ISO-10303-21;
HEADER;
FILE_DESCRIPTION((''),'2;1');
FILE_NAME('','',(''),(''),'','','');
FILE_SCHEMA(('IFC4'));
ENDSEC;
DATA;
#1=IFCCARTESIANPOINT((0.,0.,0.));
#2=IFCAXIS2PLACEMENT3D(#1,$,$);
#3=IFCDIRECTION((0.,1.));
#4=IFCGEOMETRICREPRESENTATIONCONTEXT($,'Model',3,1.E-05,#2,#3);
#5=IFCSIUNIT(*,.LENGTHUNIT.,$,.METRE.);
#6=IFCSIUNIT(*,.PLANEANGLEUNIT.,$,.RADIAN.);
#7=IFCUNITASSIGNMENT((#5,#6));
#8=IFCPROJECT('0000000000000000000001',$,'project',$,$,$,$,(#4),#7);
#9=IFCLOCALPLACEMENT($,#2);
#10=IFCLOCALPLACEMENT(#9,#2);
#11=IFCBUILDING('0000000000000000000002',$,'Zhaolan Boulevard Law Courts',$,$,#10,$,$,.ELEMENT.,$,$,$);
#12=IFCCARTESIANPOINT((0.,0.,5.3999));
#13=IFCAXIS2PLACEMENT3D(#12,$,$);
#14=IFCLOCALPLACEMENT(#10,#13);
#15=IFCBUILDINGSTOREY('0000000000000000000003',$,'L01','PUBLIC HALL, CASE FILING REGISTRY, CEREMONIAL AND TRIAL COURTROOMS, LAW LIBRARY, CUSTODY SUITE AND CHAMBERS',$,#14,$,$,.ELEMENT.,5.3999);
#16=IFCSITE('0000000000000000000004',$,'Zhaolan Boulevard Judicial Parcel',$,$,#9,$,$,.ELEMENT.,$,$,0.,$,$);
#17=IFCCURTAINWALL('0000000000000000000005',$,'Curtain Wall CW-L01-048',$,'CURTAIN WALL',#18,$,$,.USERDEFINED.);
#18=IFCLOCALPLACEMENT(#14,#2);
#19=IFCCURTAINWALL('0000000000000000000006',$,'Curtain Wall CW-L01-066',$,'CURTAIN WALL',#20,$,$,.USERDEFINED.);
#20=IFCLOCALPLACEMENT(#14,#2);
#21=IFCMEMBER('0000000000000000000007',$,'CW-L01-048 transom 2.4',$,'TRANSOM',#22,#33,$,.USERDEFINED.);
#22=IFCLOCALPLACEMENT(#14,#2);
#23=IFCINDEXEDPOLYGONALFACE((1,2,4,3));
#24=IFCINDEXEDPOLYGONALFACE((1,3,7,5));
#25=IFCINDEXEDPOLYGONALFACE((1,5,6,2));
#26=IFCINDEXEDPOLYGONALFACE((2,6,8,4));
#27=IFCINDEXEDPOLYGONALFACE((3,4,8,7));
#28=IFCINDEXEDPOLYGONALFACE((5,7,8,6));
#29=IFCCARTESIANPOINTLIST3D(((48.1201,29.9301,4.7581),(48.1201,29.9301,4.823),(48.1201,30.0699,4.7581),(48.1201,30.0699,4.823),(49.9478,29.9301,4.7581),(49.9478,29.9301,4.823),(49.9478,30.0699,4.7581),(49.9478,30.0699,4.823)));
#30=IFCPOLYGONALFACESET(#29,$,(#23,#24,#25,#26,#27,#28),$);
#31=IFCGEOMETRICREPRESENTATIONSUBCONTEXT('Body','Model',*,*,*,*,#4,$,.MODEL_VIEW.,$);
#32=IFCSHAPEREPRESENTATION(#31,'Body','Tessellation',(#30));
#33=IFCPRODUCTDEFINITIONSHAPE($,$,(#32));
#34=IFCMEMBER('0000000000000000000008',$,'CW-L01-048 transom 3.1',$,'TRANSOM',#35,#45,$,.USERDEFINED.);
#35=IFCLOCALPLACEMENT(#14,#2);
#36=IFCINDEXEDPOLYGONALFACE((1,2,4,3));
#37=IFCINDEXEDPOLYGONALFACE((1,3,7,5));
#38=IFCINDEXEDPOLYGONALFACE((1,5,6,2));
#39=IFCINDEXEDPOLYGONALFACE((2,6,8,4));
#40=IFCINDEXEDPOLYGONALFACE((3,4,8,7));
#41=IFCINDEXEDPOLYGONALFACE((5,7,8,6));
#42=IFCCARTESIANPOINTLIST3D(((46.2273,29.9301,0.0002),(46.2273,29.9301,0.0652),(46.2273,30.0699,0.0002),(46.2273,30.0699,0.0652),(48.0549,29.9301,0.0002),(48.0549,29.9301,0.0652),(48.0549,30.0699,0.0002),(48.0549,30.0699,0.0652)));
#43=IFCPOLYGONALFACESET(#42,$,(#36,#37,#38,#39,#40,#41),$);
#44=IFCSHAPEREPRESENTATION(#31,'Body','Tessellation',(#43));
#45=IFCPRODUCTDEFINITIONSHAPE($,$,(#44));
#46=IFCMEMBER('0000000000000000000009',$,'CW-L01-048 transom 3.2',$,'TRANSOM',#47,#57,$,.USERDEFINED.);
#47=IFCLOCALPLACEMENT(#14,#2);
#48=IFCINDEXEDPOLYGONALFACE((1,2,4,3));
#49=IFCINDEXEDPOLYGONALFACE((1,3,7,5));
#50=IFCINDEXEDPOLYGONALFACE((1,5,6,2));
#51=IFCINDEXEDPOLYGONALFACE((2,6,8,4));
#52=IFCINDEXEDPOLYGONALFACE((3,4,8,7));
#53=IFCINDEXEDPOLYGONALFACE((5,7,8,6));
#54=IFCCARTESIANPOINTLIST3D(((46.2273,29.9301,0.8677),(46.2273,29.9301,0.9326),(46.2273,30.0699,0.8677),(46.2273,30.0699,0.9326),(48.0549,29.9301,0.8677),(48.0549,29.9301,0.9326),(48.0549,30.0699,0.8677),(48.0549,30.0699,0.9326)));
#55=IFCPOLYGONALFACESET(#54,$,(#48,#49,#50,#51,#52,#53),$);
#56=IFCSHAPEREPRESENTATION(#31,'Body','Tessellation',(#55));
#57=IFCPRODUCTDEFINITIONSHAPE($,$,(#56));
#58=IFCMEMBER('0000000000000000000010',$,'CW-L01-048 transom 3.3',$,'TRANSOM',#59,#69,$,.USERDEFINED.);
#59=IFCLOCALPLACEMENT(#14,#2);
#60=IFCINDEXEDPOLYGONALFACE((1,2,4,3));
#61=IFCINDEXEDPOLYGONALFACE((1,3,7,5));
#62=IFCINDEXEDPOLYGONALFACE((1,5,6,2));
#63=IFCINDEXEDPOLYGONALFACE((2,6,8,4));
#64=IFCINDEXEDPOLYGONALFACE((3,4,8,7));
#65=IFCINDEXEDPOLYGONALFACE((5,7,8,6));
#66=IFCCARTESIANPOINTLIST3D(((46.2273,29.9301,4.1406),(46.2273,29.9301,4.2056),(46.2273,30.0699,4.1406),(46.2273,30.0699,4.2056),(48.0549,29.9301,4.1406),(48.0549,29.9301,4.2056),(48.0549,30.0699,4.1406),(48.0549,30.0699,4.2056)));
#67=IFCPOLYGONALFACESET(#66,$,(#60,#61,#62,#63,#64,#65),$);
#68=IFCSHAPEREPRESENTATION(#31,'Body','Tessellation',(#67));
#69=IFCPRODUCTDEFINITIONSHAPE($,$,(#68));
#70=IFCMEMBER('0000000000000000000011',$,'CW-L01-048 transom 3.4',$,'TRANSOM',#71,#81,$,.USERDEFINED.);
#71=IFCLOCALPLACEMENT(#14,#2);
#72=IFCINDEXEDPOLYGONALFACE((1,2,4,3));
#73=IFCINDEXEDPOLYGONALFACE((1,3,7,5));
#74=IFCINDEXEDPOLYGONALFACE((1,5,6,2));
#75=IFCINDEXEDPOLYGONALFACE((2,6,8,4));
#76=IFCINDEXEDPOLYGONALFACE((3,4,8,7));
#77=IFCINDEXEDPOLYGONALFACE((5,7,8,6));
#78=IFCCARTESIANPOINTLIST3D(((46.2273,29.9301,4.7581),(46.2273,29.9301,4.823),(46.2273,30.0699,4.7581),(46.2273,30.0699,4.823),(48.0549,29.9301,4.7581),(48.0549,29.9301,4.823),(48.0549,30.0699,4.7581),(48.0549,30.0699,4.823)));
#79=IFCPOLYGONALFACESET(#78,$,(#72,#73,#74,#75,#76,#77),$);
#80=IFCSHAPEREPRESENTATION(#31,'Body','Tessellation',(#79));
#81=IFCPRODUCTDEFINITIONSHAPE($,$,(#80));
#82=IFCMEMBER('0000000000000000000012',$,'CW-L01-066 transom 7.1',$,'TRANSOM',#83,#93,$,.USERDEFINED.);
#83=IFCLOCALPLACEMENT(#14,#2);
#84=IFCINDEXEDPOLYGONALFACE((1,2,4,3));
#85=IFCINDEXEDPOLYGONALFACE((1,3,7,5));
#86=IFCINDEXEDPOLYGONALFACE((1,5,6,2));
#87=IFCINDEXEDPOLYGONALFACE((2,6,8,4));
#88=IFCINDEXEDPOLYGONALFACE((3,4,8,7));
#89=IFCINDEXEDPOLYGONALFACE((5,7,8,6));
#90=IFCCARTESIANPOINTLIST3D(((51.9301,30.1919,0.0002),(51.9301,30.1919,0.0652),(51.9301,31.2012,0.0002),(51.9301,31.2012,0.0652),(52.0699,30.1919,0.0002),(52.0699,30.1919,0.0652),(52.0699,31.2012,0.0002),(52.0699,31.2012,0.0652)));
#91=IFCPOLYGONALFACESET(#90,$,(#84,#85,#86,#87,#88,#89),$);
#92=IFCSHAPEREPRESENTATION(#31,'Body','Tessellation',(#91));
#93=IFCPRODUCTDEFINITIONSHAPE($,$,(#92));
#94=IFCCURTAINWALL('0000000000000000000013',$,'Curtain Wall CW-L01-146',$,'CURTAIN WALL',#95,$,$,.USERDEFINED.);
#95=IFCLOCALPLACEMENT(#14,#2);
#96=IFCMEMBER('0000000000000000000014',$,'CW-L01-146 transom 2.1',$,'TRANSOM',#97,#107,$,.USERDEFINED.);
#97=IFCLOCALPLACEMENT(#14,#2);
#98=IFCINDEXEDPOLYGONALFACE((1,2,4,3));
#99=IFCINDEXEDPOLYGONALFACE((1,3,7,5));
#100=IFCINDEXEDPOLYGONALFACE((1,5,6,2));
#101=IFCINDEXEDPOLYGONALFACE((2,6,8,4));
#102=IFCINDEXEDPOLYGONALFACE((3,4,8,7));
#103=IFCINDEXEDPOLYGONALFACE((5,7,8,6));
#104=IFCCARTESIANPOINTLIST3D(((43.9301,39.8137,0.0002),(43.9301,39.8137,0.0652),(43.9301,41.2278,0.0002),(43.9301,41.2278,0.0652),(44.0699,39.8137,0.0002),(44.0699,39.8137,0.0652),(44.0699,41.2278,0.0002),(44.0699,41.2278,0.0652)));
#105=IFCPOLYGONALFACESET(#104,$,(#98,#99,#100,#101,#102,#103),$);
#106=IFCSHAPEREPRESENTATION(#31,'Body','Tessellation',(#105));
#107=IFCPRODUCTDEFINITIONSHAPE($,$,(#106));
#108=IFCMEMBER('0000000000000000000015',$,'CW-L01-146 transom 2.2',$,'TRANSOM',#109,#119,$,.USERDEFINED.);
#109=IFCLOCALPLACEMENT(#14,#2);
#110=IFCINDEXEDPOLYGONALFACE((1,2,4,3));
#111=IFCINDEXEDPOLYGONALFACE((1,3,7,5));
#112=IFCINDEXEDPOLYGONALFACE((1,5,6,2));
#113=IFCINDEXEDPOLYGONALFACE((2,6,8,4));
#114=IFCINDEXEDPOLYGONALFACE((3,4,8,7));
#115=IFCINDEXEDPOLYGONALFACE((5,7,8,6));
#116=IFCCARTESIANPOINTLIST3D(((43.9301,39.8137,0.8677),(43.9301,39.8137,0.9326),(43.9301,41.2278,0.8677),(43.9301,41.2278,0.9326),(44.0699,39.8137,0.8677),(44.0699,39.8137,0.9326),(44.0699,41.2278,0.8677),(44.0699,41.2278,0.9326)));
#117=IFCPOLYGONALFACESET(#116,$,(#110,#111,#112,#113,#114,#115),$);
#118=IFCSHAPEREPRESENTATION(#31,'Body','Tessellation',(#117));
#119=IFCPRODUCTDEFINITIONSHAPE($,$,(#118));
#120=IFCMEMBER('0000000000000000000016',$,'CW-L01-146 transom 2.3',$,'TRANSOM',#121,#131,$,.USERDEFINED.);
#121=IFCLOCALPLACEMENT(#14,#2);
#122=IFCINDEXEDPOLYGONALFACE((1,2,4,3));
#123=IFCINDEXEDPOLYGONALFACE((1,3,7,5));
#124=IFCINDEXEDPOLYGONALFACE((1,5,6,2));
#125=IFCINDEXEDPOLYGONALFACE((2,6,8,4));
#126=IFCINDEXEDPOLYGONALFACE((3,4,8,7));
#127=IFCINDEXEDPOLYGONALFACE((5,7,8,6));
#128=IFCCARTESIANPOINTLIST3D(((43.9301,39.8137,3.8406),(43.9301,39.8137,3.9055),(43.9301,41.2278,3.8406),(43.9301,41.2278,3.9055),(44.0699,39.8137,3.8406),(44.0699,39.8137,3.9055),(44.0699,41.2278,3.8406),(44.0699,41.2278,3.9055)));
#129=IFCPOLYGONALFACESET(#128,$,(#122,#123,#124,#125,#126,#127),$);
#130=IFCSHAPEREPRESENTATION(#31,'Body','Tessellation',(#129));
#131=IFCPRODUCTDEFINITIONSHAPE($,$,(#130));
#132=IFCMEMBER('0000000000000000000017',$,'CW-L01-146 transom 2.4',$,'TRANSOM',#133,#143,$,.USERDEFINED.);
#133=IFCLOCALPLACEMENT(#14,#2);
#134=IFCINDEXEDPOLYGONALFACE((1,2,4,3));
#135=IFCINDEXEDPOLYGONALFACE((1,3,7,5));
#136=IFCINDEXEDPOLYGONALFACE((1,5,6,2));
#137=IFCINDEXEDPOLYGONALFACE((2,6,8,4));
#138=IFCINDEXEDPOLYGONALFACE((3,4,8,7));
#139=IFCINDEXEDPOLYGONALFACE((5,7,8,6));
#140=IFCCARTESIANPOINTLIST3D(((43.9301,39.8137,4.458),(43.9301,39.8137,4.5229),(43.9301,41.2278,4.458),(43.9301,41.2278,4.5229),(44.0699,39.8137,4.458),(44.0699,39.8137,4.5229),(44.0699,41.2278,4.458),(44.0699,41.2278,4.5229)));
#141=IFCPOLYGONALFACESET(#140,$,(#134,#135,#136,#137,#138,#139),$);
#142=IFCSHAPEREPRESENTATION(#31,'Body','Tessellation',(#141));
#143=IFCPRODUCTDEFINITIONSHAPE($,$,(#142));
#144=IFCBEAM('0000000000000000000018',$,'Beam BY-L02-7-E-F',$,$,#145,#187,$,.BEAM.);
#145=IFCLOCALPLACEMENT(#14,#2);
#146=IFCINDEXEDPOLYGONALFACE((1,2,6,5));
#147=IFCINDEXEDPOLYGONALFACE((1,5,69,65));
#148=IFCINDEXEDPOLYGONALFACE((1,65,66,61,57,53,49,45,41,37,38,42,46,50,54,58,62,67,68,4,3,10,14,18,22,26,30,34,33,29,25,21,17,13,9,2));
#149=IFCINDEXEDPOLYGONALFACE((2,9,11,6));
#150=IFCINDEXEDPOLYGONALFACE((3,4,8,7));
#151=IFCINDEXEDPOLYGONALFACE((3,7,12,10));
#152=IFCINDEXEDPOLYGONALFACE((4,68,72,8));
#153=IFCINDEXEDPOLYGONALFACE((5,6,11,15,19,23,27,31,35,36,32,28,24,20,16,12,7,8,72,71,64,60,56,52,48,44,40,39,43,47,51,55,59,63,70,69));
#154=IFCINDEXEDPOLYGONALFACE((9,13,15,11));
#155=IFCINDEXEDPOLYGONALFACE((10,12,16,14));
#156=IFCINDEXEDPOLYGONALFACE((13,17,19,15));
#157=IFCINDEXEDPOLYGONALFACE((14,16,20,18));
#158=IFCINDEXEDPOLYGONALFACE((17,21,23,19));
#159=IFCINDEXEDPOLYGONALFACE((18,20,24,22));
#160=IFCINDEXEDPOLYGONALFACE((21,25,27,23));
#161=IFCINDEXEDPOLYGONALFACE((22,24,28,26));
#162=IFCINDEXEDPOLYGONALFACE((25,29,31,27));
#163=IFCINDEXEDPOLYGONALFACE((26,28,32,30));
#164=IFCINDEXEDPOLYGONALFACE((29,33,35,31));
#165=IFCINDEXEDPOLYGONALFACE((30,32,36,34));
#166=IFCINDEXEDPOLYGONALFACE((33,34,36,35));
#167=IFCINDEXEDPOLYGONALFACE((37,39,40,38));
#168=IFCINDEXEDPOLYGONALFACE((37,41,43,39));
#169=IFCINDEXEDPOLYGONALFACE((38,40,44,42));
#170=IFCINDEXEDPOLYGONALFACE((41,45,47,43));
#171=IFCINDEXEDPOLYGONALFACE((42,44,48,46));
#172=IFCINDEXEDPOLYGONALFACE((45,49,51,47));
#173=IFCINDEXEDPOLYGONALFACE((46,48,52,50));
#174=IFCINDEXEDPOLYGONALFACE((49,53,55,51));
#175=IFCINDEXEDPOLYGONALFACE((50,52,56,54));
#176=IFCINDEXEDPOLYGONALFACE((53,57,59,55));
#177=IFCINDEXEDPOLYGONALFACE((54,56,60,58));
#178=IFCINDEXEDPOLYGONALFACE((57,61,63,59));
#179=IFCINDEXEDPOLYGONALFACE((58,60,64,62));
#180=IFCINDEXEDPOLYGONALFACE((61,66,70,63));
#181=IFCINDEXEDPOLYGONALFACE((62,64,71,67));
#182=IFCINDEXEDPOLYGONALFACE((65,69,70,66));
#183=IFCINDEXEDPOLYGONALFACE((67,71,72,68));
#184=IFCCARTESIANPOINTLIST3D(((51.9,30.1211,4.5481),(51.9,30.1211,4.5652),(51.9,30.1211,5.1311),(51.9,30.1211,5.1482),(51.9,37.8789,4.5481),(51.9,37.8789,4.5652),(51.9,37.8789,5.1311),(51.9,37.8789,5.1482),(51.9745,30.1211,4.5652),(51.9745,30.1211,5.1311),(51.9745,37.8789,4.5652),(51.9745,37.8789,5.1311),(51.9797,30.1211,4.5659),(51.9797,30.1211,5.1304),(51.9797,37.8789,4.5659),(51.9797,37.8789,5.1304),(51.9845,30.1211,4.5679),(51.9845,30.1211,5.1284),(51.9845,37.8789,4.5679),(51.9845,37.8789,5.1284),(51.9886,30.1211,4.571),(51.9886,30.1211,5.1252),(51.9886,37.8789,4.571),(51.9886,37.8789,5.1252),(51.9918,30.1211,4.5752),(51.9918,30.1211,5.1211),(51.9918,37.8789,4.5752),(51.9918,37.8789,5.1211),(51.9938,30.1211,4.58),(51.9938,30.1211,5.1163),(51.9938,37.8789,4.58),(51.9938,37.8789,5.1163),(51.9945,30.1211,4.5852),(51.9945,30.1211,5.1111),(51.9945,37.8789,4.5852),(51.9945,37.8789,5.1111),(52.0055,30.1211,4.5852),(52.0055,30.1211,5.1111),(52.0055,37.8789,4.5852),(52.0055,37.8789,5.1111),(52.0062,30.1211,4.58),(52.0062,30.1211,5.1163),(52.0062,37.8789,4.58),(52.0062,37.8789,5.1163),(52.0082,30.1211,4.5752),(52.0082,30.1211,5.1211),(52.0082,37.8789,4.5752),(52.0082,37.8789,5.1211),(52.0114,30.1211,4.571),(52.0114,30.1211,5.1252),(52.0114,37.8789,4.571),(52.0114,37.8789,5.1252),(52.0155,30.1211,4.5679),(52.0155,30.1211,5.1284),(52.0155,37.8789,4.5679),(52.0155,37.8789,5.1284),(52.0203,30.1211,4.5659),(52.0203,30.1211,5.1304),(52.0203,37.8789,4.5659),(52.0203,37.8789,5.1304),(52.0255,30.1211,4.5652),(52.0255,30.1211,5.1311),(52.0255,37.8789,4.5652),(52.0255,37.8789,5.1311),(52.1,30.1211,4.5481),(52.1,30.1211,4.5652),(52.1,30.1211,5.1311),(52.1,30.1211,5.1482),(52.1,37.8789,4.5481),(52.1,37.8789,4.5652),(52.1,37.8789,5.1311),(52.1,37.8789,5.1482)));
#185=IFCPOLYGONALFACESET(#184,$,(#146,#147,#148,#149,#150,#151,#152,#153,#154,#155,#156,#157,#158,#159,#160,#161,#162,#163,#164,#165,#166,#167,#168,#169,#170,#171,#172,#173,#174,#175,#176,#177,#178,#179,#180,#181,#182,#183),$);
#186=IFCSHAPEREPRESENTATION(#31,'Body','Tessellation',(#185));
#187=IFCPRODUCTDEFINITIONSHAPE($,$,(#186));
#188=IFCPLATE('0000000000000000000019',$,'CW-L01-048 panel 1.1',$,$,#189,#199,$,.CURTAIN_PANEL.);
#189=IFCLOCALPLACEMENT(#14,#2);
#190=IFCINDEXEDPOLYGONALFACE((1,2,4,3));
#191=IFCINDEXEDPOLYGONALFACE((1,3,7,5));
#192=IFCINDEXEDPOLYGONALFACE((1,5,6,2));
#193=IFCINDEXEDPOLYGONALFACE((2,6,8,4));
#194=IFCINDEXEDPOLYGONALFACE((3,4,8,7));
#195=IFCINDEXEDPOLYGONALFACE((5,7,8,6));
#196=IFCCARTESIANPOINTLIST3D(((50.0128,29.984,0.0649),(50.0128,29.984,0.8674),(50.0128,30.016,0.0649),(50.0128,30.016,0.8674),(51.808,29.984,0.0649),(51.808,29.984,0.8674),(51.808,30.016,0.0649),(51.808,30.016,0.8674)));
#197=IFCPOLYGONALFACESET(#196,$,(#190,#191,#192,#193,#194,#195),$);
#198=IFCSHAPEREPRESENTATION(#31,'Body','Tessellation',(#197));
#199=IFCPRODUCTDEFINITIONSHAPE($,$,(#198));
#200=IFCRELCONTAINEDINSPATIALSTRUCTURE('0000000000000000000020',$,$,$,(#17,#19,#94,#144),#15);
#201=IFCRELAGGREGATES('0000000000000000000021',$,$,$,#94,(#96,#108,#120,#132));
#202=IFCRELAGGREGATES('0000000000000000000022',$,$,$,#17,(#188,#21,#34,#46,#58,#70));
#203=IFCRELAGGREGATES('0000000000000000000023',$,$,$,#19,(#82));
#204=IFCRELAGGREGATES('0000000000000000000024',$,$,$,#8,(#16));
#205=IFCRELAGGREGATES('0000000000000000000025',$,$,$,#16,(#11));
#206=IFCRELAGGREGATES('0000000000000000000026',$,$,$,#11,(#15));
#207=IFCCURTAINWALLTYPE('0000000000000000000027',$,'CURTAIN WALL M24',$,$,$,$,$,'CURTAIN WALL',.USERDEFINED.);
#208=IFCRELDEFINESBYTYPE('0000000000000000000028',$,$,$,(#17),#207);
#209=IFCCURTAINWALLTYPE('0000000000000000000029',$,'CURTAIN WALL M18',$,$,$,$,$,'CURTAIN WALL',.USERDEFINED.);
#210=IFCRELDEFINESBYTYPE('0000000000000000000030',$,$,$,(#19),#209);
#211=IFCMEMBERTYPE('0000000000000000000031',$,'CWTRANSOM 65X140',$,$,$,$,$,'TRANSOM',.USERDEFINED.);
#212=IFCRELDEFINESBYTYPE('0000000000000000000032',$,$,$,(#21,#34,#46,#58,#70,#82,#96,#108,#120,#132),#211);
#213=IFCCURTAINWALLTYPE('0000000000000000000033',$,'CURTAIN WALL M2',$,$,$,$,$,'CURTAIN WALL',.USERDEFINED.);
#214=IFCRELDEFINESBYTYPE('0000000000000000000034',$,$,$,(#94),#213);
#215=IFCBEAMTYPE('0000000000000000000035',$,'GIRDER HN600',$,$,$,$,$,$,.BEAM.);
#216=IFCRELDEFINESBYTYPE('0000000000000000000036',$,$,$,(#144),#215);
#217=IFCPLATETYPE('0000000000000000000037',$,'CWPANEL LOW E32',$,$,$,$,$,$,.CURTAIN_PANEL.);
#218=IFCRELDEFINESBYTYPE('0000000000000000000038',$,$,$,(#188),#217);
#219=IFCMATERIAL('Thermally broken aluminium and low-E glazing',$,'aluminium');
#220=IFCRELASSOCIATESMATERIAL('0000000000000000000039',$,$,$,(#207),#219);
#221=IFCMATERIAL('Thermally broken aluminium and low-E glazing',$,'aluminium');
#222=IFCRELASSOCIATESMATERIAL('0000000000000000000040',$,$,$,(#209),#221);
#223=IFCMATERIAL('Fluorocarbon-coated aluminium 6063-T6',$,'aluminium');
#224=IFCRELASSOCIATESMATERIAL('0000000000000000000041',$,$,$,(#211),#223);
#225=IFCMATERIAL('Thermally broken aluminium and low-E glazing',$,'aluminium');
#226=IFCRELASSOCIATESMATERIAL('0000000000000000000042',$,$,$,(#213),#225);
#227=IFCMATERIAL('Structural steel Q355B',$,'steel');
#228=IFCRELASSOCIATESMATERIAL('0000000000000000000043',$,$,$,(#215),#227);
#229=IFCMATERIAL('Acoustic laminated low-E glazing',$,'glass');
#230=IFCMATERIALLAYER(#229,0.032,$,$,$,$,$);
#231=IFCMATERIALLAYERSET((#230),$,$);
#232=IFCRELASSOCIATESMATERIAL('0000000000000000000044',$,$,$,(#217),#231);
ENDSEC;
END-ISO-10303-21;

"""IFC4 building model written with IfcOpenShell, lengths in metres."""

from ifc_helpers import new_model, si_unit, direction, frame, origin, origin_2d, place, context, subcontext, project, spatial, rectangle, i_section, extrude, material, layer, layer_set, material_profile, profile_set, type_object, element, aggregate, save


model = new_model("IFC4")

# Units and contexts
model_context = context("Model", 3, precision=1e-05, world=origin(), true_north=direction((0.0, 1.0)))
body_context = subcontext(model_context, "Body", "Model", "MODEL_VIEW")
ifc_project = project(units=[si_unit("LENGTHUNIT", "METRE"), si_unit("PLANEANGLEUNIT", "RADIAN")], contexts=[model_context])

# Site, building, storey
site_placement = place(None, origin())
site = spatial("IfcSite", under=ifc_project, at=site_placement, Name="Zhaolan Boulevard Judicial Parcel", CompositionType="ELEMENT", RefElevation=0.0)
building_placement = place(site_placement, origin())
building = spatial("IfcBuilding", under=site, at=building_placement, Name="Zhaolan Boulevard Law Courts", CompositionType="ELEMENT")
storey_placement = place(building_placement, frame((0.0, 0.0, 5.3999)))
storey = spatial("IfcBuildingStorey", under=building, at=storey_placement, Name="L01", Description="PUBLIC HALL, CASE FILING REGISTRY, CEREMONIAL AND TRIAL COURTROOMS, LAW LIBRARY, CUSTODY SUITE AND CHAMBERS", CompositionType="ELEMENT", Elevation=5.3999)

# Curtain wall
ifc_material_1 = material(Name="Thermally broken aluminium and low-E glazing", Category="aluminium")
curtain_wall_type_1 = type_object("IfcCurtainWallType", Name="CURTAIN WALL M24", ElementType="CURTAIN WALL", PredefinedType="USERDEFINED", material=ifc_material_1)
curtain_wall_1_placement = place(storey_placement, origin())
curtain_wall_1 = element("IfcCurtainWall", 1, at=curtain_wall_1_placement, inside=storey, type_object=curtain_wall_type_1, Name="Curtain Wall CW-L01-048", ObjectType="CURTAIN WALL", PredefinedType="USERDEFINED")

# Curtain wall
ifc_material_2 = material(Name="Thermally broken aluminium and low-E glazing", Category="aluminium")
curtain_wall_type_2 = type_object("IfcCurtainWallType", Name="CURTAIN WALL M18", ElementType="CURTAIN WALL", PredefinedType="USERDEFINED", material=ifc_material_2)
curtain_wall_2_placement = place(storey_placement, origin())
curtain_wall_2 = element("IfcCurtainWall", 2, at=curtain_wall_2_placement, inside=storey, type_object=curtain_wall_type_2, Name="Curtain Wall CW-L01-066", ObjectType="CURTAIN WALL", PredefinedType="USERDEFINED")

# Members
ifc_material_3 = material(Name="Fluorocarbon-coated aluminium 6063-T6", Category="aluminium")
ifc_material_profile_1 = material_profile(ifc_material_3, rectangle(XDim=0.1399, YDim=0.0649, at=origin_2d()), Name="AL65x140")
ifc_profile_set_1 = profile_set([ifc_material_profile_1], Name="Fluorocarbon-coated aluminium 6063-T6")
member_type_1 = type_object("IfcMemberType", Name="CWTRANSOM 65X140", ElementType="TRANSOM", PredefinedType="USERDEFINED", material=ifc_profile_set_1)
member_1_placement = place(storey_placement, frame((49.9478, 30.0, 4.7905), z_axis=(-1.0, 0.0, 0.0), x_axis=(0.0, -1.0, 0.0)))
member_1 = element("IfcMember", 3, at=member_1_placement, type_object=member_type_1, Name="CW-L01-048 transom 2.4", ObjectType="TRANSOM", PredefinedType="USERDEFINED", context=body_context, shape_type="SweptSolid", body=[
    extrude(rectangle(XDim=0.1399, YDim=0.0649, at=origin_2d()), origin(), (0.0, 0.0, 1.0), 1.8276),
])
member_2_placement = place(storey_placement, frame((48.0549, 30.0, 0.0327), z_axis=(-1.0, 0.0, 0.0), x_axis=(0.0, -1.0, 0.0)))
member_2 = element("IfcMember", 4, at=member_2_placement, type_object=member_type_1, Name="CW-L01-048 transom 3.1", ObjectType="TRANSOM", PredefinedType="USERDEFINED", context=body_context, shape_type="SweptSolid", body=[
    extrude(rectangle(XDim=0.1399, YDim=0.0649, at=origin_2d()), origin(), (0.0, 0.0, 1.0), 1.8276),
])
member_3_placement = place(storey_placement, frame((48.0549, 30.0, 0.9001), z_axis=(-1.0, 0.0, 0.0), x_axis=(0.0, -1.0, 0.0)))
member_3 = element("IfcMember", 5, at=member_3_placement, type_object=member_type_1, Name="CW-L01-048 transom 3.2", ObjectType="TRANSOM", PredefinedType="USERDEFINED", context=body_context, shape_type="SweptSolid", body=[
    extrude(rectangle(XDim=0.1399, YDim=0.0649, at=origin_2d()), origin(), (0.0, 0.0, 1.0), 1.8276),
])
member_4_placement = place(storey_placement, frame((48.0549, 30.0, 4.1731), z_axis=(-1.0, 0.0, 0.0), x_axis=(0.0, -1.0, 0.0)))
member_4 = element("IfcMember", 6, at=member_4_placement, type_object=member_type_1, Name="CW-L01-048 transom 3.3", ObjectType="TRANSOM", PredefinedType="USERDEFINED", context=body_context, shape_type="SweptSolid", body=[
    extrude(rectangle(XDim=0.1399, YDim=0.0649, at=origin_2d()), origin(), (0.0, 0.0, 1.0), 1.8276),
])
member_5_placement = place(storey_placement, frame((48.0549, 30.0, 4.7905), z_axis=(-1.0, 0.0, 0.0), x_axis=(0.0, -1.0, 0.0)))
member_5 = element("IfcMember", 7, at=member_5_placement, type_object=member_type_1, Name="CW-L01-048 transom 3.4", ObjectType="TRANSOM", PredefinedType="USERDEFINED", context=body_context, shape_type="SweptSolid", body=[
    extrude(rectangle(XDim=0.1399, YDim=0.0649, at=origin_2d()), origin(), (0.0, 0.0, 1.0), 1.8276),
])
member_6_placement = place(storey_placement, frame((52.0, 31.2012, 0.0327), z_axis=(0.0, -1.0, 0.0), x_axis=(1.0, 0.0, 0.0)))
member_6 = element("IfcMember", 8, at=member_6_placement, type_object=member_type_1, Name="CW-L01-066 transom 7.1", ObjectType="TRANSOM", PredefinedType="USERDEFINED", context=body_context, shape_type="SweptSolid", body=[
    extrude(rectangle(XDim=0.1399, YDim=0.0649, at=origin_2d()), origin(), (0.0, 0.0, 1.0), 1.0093),
])

# Curtain wall, members
ifc_material_4 = material(Name="Thermally broken aluminium and low-E glazing", Category="aluminium")
curtain_wall_type_3 = type_object("IfcCurtainWallType", Name="CURTAIN WALL M2", ElementType="CURTAIN WALL", PredefinedType="USERDEFINED", material=ifc_material_4)
curtain_wall_3_placement = place(storey_placement, origin())
curtain_wall_3 = element("IfcCurtainWall", 9, at=curtain_wall_3_placement, inside=storey, type_object=curtain_wall_type_3, Name="Curtain Wall CW-L01-146", ObjectType="CURTAIN WALL", PredefinedType="USERDEFINED")
member_7_placement = place(storey_placement, frame((44.0, 39.8137, 0.0327), z_axis=(0.0, 1.0, 0.0), x_axis=(-1.0, 0.0, 0.0)))
member_7 = element("IfcMember", 10, at=member_7_placement, type_object=member_type_1, Name="CW-L01-146 transom 2.1", ObjectType="TRANSOM", PredefinedType="USERDEFINED", context=body_context, shape_type="SweptSolid", body=[
    extrude(rectangle(XDim=0.1399, YDim=0.0649, at=origin_2d()), origin(), (0.0, 0.0, 1.0), 1.4141),
])
member_8_placement = place(storey_placement, frame((44.0, 39.8137, 0.9001), z_axis=(0.0, 1.0, 0.0), x_axis=(-1.0, 0.0, 0.0)))
member_8 = element("IfcMember", 11, at=member_8_placement, type_object=member_type_1, Name="CW-L01-146 transom 2.2", ObjectType="TRANSOM", PredefinedType="USERDEFINED", context=body_context, shape_type="SweptSolid", body=[
    extrude(rectangle(XDim=0.1399, YDim=0.0649, at=origin_2d()), origin(), (0.0, 0.0, 1.0), 1.4141),
])
member_9_placement = place(storey_placement, frame((44.0, 39.8137, 3.873), z_axis=(0.0, 1.0, 0.0), x_axis=(-1.0, 0.0, 0.0)))
member_9 = element("IfcMember", 12, at=member_9_placement, type_object=member_type_1, Name="CW-L01-146 transom 2.3", ObjectType="TRANSOM", PredefinedType="USERDEFINED", context=body_context, shape_type="SweptSolid", body=[
    extrude(rectangle(XDim=0.1399, YDim=0.0649, at=origin_2d()), origin(), (0.0, 0.0, 1.0), 1.4141),
])
member_10_placement = place(storey_placement, frame((44.0, 39.8137, 4.4905), z_axis=(0.0, 1.0, 0.0), x_axis=(-1.0, 0.0, 0.0)))
member_10 = element("IfcMember", 13, at=member_10_placement, type_object=member_type_1, Name="CW-L01-146 transom 2.4", ObjectType="TRANSOM", PredefinedType="USERDEFINED", context=body_context, shape_type="SweptSolid", body=[
    extrude(rectangle(XDim=0.1399, YDim=0.0649, at=origin_2d()), origin(), (0.0, 0.0, 1.0), 1.4141),
])
aggregate(curtain_wall_3, [member_7, member_8, member_9, member_10])

# Beam
ifc_material_5 = material(Name="Structural steel Q355B", Category="steel")
ifc_material_profile_2 = material_profile(ifc_material_5, i_section(OverallWidth=0.2, OverallDepth=0.6001, WebThickness=0.011, FlangeThickness=0.0171, FilletRadius=0.02, at=origin_2d()), Name="HN600x200")
ifc_profile_set_2 = profile_set([ifc_material_profile_2], Name="Structural steel Q355B")
beam_type = type_object("IfcBeamType", Name="GIRDER HN600", PredefinedType="BEAM", material=ifc_profile_set_2)
beam_placement = place(storey_placement, frame((52.0, 30.1211, 4.8481), z_axis=(0.0, 1.0, 0.0), x_axis=(-1.0, 0.0, 0.0)))
element("IfcBeam", 14, at=beam_placement, inside=storey, type_object=beam_type, Name="Beam BY-L02-7-E-F", PredefinedType="BEAM", context=body_context, shape_type="SweptSolid", body=[
    extrude(i_section(OverallWidth=0.2, OverallDepth=0.6001, WebThickness=0.011, FlangeThickness=0.0171, FilletRadius=0.02, at=origin_2d()), origin(), (0.0, 0.0, 1.0), 7.7578),
])

# Plate
ifc_material_6 = material(Name="Acoustic laminated low-E glazing", Category="glass")
ifc_layer_1 = layer(ifc_material_6, 0.032)
ifc_layer_set_1 = layer_set([ifc_layer_1])
plate_type_1 = type_object("IfcPlateType", Name="CWPANEL LOW E32", PredefinedType="CURTAIN_PANEL", material=ifc_layer_set_1)
plate_1_placement = place(storey_placement, frame((50.9104, 30.0, 0.0649), z_axis=(0.0, 0.0, 1.0), x_axis=(-1.0, 0.0, 0.0)))
plate_1 = element("IfcPlate", 15, at=plate_1_placement, type_object=plate_type_1, Name="CW-L01-048 panel 1.1", PredefinedType="CURTAIN_PANEL", context=body_context, shape_type="SweptSolid", body=[
    extrude(rectangle(XDim=1.7952, YDim=0.032, at=origin_2d()), origin(), (0.0, 0.0, 1.0), 0.8025),
])
aggregate(curtain_wall_1, [plate_1, member_1, member_2, member_3, member_4, member_5])
aggregate(curtain_wall_2, [member_6])

save(model, "model.ifc")
